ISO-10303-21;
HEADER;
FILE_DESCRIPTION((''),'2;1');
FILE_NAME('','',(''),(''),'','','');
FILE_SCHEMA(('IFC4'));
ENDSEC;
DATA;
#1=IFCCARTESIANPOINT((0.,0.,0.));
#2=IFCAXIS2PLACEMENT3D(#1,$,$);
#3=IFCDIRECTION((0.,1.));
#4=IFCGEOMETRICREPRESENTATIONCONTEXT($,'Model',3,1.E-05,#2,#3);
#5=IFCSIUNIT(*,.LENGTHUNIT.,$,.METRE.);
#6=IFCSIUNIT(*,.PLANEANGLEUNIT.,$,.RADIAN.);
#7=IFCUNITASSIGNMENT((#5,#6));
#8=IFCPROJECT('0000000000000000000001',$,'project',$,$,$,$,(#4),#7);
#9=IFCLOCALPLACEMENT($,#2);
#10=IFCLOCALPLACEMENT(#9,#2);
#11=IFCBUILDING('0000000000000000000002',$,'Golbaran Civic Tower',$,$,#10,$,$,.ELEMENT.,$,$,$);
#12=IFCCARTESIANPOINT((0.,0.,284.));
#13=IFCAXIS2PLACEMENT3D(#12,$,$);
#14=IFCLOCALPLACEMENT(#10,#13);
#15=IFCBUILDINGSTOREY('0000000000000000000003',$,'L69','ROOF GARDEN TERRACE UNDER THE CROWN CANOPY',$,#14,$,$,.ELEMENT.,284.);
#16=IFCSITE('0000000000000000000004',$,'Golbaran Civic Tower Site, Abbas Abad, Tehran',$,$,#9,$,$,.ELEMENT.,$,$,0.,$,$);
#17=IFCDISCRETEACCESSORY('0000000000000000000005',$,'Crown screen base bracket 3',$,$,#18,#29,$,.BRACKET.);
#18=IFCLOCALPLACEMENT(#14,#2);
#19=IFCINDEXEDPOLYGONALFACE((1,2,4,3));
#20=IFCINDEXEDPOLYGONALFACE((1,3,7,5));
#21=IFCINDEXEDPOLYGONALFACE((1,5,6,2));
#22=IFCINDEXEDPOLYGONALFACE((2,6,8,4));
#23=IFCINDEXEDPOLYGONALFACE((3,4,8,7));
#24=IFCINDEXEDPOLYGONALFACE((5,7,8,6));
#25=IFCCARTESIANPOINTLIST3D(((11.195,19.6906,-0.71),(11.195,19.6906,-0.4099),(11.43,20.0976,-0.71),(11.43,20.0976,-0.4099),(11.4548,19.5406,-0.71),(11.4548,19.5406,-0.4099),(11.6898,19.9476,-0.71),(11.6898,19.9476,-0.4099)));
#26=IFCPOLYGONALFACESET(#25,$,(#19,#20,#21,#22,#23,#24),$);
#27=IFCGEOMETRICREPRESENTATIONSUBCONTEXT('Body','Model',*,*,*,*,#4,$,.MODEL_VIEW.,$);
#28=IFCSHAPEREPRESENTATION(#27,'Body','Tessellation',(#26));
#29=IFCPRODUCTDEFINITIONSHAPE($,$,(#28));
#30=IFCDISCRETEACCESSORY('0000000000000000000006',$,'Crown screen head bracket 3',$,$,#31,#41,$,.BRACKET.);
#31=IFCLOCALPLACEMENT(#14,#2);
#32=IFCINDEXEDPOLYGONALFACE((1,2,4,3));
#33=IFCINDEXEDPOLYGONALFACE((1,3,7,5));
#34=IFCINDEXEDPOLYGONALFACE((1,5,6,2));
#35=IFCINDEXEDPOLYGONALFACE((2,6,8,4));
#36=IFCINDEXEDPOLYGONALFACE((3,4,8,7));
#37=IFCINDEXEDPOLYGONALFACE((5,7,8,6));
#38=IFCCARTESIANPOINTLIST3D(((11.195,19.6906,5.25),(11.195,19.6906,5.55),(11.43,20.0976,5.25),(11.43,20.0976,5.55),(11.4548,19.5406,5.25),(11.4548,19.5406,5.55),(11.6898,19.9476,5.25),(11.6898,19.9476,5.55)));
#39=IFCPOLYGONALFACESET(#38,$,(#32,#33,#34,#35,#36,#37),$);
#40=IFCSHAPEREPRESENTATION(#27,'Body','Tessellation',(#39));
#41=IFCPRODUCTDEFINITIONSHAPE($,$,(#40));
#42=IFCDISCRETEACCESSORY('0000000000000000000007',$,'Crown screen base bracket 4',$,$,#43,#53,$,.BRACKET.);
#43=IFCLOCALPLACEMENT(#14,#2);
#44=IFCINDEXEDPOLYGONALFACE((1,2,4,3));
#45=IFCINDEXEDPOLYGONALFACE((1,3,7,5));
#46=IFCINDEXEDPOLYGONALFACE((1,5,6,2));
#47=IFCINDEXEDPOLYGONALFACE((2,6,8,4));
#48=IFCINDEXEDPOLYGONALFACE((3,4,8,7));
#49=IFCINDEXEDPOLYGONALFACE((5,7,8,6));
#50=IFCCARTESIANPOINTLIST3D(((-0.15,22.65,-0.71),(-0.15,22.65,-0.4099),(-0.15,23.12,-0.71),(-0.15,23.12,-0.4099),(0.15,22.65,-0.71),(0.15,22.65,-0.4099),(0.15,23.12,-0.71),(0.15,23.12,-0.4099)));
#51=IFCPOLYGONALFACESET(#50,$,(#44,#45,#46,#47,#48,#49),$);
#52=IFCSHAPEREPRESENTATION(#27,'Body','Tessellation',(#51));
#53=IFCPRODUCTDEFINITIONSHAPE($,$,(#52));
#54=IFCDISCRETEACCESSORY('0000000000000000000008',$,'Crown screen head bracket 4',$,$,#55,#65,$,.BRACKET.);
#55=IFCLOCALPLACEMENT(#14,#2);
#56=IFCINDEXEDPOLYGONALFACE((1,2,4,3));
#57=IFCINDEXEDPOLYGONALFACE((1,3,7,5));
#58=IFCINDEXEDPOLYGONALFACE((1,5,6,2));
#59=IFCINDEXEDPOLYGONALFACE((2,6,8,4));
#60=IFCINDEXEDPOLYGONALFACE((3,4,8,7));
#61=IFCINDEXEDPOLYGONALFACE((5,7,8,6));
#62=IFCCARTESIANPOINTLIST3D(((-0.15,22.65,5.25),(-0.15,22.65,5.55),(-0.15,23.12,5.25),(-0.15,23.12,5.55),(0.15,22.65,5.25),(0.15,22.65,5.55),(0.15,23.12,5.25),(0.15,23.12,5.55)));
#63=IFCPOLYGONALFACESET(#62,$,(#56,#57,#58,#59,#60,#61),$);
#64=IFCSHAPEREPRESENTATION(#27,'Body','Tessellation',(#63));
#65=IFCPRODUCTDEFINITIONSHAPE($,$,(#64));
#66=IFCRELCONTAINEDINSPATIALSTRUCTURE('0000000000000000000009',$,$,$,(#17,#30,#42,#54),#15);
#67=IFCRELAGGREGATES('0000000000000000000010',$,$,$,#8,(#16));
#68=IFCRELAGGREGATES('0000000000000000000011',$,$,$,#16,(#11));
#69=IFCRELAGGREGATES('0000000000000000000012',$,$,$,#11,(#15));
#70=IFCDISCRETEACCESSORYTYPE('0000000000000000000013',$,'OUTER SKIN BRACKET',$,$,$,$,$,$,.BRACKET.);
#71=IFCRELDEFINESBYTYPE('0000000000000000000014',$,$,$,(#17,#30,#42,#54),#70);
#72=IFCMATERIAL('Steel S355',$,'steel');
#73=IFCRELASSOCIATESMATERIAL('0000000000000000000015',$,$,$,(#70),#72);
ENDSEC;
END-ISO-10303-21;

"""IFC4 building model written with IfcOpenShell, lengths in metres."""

from ifc_helpers import new_model, si_unit, direction, frame, origin, origin_2d, place, context, subcontext, project, spatial, rectangle, extrude, material, type_object, element, save


model = new_model("IFC4")

# Units and contexts
model_context = context("Model", 3, precision=1e-05, world=origin(), true_north=direction((0.0, 1.0)))
body_context = subcontext(model_context, "Body", "Model", "MODEL_VIEW")
ifc_project = project(units=[si_unit("LENGTHUNIT", "METRE"), si_unit("PLANEANGLEUNIT", "RADIAN")], contexts=[model_context])

# Site, building, storey
site_placement = place(None, origin())
site = spatial("IfcSite", under=ifc_project, at=site_placement, Name="Golbaran Civic Tower Site, Abbas Abad, Tehran", CompositionType="ELEMENT", RefElevation=0.0)
building_placement = place(site_placement, origin())
building = spatial("IfcBuilding", under=site, at=building_placement, Name="Golbaran Civic Tower", CompositionType="ELEMENT")
storey_placement = place(building_placement, frame((0.0, 0.0, 284.0)))
storey = spatial("IfcBuildingStorey", under=building, at=storey_placement, Name="L69", Description="ROOF GARDEN TERRACE UNDER THE CROWN CANOPY", CompositionType="ELEMENT", Elevation=284.0)

# Shared definitions
ifc_material_1 = material(Name="Steel S355", Category="steel")

# Discrete accessories
discrete_accessory_type = type_object("IfcDiscreteAccessoryType", Name="OUTER SKIN BRACKET", PredefinedType="BRACKET", material=ifc_material_1)
for number, where, z_axis, x_axis, name in (
    (1, (11.4424, 19.8191, -0.71), (0.0, 0.0, 1.0), (0.5, 0.866025, 0.0), "Crown screen base bracket 3"),
    (2, (11.4424, 19.8191, 5.25), (0.0, 0.0, 1.0), (0.5, 0.866025, 0.0), "Crown screen head bracket 3"),
    (3, (0.0, 22.885, -0.71), (0.0, 0.0, 1.0), (0.0, 1.0, 0.0), "Crown screen base bracket 4"),
    (4, (0.0, 22.885, 5.25), (0.0, 0.0, 1.0), (0.0, 1.0, 0.0), "Crown screen head bracket 4"),
):
    element("IfcDiscreteAccessory", number, at=place(storey_placement, frame(where, z_axis=z_axis, x_axis=x_axis)), inside=storey, type_object=discrete_accessory_type, Name=name, PredefinedType="BRACKET", context=body_context, shape_type="SweptSolid", body=[
        extrude(rectangle(XDim=0.47, YDim=0.3, at=origin_2d()), origin(), (0.0, 0.0, 1.0), 0.3),
    ])

save(model, "model.ifc")
